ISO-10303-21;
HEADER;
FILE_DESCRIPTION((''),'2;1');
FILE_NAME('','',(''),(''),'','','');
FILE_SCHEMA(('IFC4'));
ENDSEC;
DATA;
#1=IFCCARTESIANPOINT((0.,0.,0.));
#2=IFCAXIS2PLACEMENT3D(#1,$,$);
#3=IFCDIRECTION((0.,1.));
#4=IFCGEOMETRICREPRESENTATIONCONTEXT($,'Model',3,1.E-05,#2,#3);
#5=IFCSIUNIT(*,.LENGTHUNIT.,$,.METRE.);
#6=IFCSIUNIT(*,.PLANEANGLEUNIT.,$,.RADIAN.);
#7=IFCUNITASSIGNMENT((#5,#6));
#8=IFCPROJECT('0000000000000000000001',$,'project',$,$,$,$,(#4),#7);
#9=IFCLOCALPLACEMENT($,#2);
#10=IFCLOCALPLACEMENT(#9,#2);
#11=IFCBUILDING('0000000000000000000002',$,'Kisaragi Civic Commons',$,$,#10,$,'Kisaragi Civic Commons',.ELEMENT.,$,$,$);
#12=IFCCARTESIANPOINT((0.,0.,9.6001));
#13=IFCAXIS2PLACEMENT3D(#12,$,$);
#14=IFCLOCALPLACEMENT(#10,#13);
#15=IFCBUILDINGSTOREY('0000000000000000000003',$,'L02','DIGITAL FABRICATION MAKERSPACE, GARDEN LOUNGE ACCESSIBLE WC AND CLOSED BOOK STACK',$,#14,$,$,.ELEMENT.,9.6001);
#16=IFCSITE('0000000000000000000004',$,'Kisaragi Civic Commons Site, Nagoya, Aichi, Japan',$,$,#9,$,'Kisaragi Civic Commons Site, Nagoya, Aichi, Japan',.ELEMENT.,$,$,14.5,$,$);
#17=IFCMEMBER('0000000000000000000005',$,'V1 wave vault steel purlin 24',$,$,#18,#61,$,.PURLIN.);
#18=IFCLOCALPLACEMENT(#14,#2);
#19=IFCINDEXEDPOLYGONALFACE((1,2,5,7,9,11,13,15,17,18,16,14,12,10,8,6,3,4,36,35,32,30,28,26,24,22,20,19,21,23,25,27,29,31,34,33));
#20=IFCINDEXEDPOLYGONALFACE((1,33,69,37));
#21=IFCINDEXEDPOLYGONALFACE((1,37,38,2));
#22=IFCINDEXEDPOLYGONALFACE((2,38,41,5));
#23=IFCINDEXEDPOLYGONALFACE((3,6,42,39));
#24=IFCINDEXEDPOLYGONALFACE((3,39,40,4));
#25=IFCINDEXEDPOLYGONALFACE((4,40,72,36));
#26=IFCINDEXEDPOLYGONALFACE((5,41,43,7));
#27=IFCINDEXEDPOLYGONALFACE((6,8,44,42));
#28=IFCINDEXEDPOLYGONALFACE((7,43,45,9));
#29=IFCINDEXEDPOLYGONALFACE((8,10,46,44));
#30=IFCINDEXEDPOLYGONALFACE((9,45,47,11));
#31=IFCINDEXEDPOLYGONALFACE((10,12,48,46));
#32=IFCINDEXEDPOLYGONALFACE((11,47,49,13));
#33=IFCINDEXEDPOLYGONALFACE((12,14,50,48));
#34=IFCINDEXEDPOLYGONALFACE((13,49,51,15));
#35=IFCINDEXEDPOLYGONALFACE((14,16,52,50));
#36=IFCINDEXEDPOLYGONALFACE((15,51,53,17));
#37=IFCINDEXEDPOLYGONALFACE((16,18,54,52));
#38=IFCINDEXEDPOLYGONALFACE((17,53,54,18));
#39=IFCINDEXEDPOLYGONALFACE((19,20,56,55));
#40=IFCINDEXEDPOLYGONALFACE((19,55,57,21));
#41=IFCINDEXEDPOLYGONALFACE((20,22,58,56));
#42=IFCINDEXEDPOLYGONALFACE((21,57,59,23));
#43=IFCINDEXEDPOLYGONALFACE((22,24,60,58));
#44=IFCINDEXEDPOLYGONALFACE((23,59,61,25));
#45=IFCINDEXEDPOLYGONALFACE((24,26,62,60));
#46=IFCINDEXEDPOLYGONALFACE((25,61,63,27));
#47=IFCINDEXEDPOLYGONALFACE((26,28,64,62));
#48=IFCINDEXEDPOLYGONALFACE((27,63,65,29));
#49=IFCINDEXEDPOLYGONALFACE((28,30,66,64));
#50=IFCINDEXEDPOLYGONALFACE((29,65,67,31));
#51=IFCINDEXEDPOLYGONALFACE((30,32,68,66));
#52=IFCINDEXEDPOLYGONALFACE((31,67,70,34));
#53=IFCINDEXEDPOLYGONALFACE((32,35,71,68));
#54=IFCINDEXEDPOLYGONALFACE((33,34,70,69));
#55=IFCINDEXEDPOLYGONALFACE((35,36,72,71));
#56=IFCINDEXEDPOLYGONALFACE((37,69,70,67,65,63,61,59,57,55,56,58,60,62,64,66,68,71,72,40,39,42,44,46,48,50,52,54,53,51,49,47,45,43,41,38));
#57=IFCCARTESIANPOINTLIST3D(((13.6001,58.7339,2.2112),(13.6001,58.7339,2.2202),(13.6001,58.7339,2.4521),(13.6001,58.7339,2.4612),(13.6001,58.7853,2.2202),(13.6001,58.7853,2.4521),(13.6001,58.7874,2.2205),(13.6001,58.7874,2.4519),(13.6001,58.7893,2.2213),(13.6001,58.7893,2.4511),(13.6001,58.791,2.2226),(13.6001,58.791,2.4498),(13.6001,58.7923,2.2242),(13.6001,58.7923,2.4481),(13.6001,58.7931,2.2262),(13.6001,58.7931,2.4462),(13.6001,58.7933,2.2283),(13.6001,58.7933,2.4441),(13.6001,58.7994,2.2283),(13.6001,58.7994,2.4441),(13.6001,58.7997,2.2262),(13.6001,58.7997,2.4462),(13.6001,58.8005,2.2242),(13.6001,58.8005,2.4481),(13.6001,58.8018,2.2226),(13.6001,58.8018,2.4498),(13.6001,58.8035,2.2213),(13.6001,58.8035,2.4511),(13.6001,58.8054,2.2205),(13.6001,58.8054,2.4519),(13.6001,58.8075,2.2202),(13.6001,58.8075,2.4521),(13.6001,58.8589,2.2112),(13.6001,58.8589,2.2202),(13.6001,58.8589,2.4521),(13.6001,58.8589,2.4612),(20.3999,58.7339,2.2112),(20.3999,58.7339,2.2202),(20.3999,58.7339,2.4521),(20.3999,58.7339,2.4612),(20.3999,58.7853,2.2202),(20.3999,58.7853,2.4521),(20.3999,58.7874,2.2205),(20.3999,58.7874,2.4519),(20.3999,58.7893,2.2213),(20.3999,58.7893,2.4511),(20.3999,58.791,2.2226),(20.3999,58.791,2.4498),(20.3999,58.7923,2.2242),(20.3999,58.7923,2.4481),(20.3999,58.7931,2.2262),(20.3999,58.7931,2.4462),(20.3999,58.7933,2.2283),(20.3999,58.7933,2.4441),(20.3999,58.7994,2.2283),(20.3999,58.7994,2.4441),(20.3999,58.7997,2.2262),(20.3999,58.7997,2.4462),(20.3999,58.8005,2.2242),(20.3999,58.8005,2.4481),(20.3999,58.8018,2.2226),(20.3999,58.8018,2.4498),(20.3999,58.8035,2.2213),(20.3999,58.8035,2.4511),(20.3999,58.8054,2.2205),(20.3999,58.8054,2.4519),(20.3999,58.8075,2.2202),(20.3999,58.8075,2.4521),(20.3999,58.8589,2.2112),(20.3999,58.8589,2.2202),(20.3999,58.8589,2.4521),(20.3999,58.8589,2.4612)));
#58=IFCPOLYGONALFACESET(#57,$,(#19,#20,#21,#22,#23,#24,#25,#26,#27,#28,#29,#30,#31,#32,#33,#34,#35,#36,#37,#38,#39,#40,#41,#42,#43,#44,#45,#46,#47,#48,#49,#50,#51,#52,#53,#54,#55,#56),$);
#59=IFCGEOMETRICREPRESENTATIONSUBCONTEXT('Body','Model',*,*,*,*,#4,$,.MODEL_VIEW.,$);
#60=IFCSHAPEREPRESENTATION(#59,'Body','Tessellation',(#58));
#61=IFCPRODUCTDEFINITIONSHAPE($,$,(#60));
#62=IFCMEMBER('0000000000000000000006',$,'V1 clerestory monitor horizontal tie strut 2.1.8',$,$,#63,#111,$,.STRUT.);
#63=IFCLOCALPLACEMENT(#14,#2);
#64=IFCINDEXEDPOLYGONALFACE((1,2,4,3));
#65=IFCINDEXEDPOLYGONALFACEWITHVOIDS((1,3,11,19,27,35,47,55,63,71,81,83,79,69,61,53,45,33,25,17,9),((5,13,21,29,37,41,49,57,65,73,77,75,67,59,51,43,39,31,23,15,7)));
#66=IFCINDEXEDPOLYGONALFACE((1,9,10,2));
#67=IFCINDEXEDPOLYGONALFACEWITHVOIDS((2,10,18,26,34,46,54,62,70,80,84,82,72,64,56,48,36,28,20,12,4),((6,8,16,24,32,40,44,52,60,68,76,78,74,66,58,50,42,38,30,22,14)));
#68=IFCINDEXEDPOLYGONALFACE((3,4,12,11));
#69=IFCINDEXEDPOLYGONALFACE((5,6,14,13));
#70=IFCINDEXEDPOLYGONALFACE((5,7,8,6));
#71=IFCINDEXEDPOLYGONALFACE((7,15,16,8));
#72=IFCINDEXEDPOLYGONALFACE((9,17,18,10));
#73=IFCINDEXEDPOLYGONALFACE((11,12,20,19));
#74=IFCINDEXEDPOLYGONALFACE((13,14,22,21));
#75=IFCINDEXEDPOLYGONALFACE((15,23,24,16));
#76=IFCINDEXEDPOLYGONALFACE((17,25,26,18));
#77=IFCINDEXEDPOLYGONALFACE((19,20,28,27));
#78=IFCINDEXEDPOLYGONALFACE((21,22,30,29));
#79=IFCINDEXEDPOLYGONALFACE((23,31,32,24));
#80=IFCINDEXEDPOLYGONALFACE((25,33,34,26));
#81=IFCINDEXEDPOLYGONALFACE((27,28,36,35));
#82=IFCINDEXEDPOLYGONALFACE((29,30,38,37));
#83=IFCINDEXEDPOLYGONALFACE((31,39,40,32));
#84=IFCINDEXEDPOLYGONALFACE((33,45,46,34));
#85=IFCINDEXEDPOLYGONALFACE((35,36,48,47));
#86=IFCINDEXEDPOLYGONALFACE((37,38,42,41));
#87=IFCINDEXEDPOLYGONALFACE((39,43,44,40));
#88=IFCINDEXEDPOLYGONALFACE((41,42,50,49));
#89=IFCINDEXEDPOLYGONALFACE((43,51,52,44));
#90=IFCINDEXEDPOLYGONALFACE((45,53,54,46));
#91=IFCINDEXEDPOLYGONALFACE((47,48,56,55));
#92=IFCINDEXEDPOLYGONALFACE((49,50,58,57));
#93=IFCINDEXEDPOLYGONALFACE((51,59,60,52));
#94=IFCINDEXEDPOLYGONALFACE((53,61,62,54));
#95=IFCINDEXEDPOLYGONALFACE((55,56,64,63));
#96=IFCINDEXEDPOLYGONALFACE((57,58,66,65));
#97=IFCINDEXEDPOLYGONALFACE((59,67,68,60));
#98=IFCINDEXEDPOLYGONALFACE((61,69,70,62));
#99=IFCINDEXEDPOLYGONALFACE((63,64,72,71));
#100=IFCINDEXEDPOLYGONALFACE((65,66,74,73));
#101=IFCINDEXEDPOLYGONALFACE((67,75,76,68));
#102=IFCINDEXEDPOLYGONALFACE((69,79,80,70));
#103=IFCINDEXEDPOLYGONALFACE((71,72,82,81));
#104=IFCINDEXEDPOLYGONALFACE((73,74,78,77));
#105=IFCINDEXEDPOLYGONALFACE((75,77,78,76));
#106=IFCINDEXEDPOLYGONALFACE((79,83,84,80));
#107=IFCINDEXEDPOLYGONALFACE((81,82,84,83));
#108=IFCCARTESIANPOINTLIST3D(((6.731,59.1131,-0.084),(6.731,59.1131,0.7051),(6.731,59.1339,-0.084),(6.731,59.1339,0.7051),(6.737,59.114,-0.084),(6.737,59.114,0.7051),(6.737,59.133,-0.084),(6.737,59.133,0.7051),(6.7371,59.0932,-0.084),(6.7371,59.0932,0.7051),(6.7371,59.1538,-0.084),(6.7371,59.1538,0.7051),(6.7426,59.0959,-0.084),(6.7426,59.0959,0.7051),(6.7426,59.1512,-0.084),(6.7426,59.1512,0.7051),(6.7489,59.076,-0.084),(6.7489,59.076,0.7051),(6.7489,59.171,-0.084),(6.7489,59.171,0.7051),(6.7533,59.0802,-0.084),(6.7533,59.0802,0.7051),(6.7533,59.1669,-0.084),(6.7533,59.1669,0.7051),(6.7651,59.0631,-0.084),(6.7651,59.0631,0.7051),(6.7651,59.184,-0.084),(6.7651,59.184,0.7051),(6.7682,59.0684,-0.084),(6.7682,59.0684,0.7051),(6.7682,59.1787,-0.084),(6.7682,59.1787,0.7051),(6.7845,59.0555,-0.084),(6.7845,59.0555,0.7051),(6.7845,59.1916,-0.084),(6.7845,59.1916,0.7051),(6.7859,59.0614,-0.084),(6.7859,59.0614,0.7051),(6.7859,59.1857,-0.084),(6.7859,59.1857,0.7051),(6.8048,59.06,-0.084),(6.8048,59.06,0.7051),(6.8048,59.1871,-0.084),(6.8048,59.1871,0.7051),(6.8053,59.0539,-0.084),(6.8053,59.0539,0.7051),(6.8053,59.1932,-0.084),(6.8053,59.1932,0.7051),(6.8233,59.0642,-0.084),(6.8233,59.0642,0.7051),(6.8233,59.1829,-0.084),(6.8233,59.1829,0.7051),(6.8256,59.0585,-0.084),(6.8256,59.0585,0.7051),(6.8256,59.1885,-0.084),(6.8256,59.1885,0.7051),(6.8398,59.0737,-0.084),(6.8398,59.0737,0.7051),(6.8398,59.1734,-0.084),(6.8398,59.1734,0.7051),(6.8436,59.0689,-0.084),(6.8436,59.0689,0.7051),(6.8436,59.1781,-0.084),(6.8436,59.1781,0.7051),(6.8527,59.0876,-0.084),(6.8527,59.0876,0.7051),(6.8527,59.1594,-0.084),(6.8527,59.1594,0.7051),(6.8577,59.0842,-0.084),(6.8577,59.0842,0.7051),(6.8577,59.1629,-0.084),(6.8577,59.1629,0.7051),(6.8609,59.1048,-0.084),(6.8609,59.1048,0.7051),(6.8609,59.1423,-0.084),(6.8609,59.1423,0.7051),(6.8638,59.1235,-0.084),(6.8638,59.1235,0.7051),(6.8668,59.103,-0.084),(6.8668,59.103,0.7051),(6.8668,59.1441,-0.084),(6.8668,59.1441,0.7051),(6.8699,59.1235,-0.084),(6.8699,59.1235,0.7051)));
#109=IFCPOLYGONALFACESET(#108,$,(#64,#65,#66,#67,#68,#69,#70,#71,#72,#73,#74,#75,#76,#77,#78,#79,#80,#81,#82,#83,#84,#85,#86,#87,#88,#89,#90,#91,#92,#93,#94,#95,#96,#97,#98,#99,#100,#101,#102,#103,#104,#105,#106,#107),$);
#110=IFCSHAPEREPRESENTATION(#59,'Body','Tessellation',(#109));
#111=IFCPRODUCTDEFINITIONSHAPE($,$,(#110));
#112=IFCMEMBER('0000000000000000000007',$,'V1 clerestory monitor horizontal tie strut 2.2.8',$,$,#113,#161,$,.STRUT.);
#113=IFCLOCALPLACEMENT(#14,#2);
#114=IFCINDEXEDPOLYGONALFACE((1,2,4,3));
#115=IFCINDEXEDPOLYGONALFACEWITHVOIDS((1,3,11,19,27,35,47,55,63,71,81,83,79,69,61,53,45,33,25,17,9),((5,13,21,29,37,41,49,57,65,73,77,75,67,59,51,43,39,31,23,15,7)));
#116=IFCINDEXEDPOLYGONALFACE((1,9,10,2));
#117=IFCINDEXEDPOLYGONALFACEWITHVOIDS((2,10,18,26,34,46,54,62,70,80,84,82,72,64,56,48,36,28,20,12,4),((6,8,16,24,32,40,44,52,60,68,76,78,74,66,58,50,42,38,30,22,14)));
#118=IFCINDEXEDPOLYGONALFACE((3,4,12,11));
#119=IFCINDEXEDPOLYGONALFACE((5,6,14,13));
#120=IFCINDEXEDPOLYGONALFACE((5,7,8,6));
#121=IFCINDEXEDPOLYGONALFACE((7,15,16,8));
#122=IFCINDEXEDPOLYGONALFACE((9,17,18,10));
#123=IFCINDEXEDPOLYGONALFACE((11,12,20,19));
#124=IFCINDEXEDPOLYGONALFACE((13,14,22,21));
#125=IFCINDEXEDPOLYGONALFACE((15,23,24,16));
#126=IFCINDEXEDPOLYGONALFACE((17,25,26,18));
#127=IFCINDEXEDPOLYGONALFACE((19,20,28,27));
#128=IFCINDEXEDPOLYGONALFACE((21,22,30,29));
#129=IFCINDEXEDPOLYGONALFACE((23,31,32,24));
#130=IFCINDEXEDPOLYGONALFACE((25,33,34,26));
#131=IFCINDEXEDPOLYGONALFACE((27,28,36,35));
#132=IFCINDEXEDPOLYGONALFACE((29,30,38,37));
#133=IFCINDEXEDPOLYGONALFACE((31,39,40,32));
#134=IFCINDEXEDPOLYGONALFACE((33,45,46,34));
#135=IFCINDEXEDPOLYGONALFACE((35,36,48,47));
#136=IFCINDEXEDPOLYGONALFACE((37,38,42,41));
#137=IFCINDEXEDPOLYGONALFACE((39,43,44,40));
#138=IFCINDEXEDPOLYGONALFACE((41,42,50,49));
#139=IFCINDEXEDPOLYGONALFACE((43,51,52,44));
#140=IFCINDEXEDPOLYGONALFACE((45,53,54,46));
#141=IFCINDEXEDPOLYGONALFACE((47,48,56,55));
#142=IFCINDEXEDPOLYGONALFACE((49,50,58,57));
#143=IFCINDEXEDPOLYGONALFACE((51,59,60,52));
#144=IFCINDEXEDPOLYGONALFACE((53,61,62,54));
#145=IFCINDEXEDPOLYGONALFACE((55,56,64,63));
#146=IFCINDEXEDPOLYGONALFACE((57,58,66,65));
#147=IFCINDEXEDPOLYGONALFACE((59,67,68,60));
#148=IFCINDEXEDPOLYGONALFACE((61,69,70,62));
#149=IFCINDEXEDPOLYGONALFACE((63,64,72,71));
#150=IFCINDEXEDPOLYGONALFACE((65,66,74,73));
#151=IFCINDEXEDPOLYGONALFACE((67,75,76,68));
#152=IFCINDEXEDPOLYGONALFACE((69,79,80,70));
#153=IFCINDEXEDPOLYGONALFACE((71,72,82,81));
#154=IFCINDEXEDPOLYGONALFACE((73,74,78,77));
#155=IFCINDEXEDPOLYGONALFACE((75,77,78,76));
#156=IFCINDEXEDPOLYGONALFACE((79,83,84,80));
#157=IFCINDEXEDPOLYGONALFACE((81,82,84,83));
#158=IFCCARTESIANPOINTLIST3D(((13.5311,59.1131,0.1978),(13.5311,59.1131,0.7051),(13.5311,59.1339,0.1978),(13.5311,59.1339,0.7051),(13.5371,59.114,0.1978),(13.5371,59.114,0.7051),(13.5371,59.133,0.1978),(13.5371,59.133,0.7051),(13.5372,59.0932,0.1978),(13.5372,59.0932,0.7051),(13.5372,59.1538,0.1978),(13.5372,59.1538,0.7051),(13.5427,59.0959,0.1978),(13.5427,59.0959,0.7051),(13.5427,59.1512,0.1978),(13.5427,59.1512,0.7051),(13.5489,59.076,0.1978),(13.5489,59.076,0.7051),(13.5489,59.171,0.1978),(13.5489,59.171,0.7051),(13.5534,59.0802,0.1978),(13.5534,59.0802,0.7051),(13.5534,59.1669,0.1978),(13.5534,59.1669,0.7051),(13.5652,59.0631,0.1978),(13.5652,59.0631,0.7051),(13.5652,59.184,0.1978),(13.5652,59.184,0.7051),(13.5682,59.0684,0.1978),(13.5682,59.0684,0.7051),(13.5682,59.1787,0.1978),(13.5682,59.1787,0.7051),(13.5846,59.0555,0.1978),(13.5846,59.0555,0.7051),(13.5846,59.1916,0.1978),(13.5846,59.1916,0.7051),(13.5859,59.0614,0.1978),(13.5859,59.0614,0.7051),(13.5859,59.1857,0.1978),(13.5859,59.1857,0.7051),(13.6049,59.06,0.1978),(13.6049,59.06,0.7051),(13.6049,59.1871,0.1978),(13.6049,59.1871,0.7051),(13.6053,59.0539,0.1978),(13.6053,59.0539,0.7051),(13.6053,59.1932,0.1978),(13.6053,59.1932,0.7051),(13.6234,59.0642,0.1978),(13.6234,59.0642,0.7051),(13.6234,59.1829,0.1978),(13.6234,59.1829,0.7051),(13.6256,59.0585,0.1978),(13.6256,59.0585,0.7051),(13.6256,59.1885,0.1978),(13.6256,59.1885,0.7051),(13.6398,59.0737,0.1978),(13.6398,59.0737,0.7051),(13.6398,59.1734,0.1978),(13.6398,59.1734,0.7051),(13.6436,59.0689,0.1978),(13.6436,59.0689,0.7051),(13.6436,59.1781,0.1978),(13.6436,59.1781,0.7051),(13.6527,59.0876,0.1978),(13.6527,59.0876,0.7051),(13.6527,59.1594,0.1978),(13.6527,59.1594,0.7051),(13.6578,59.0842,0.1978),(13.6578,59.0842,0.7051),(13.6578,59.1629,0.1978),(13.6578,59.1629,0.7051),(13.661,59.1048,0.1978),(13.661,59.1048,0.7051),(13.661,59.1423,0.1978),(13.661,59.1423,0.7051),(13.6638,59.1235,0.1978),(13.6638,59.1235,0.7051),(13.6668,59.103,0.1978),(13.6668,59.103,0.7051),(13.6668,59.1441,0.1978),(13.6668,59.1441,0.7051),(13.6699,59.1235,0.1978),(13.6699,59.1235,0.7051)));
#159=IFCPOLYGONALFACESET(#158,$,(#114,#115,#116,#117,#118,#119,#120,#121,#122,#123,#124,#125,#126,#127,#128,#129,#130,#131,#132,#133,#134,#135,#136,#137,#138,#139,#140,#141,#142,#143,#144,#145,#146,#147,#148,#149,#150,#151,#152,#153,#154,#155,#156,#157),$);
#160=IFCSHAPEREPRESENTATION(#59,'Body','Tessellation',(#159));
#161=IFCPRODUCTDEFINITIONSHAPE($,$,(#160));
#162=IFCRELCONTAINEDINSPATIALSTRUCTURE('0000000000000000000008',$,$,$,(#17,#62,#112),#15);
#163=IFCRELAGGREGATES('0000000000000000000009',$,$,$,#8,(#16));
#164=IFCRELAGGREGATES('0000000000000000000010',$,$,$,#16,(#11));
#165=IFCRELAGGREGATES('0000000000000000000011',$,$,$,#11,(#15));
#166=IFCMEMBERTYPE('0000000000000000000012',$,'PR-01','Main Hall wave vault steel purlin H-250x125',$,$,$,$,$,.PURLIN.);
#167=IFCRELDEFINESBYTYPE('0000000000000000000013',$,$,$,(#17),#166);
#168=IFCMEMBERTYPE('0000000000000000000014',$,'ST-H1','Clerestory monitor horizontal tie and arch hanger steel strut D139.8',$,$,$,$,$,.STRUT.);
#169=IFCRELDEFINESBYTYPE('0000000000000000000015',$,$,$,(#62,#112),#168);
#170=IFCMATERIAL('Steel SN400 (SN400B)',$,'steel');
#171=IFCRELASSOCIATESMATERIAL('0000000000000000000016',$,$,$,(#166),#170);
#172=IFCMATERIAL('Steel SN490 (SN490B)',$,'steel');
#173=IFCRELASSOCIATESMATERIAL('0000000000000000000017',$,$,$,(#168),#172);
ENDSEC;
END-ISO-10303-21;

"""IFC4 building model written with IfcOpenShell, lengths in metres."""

from ifc_helpers import new_model, si_unit, direction, frame, origin, origin_2d, place, context, subcontext, project, spatial, hollow_circle, i_section, extrude, material, material_profile, profile_set, type_object, element, save


model = new_model("IFC4")

# Units and contexts
model_context = context("Model", 3, precision=1e-05, world=origin(), true_north=direction((0.0, 1.0)))
body_context = subcontext(model_context, "Body", "Model", "MODEL_VIEW")
ifc_project = project(units=[si_unit("LENGTHUNIT", "METRE"), si_unit("PLANEANGLEUNIT", "RADIAN")], contexts=[model_context])

# Site, building, storey
site_placement = place(None, origin())
site = spatial("IfcSite", under=ifc_project, at=site_placement, Name="Kisaragi Civic Commons Site, Nagoya, Aichi, Japan", LongName="Kisaragi Civic Commons Site, Nagoya, Aichi, Japan", CompositionType="ELEMENT", RefElevation=14.5)
building_placement = place(site_placement, origin())
building = spatial("IfcBuilding", under=site, at=building_placement, Name="Kisaragi Civic Commons", LongName="Kisaragi Civic Commons", CompositionType="ELEMENT")
storey_placement = place(building_placement, frame((0.0, 0.0, 9.6001)))
storey = spatial("IfcBuildingStorey", under=building, at=storey_placement, Name="L02", Description="DIGITAL FABRICATION MAKERSPACE, GARDEN LOUNGE ACCESSIBLE WC AND CLOSED BOOK STACK", CompositionType="ELEMENT", Elevation=9.6001)

# Members
ifc_material_1 = material(Name="Steel SN400 (SN400B)", Category="steel")
ifc_material_profile_1 = material_profile(ifc_material_1, i_section(OverallWidth=0.125, OverallDepth=0.25, WebThickness=0.0061, FlangeThickness=0.009, FilletRadius=0.0081, at=origin_2d()), Name="H-250x125x6x9", Category="steel")
ifc_profile_set_1 = profile_set([ifc_material_profile_1], Name="Steel SN400 (SN400B)")
member_type_1 = type_object("IfcMemberType", Name="PR-01", Description="Main Hall wave vault steel purlin H-250x125", PredefinedType="PURLIN", material=ifc_profile_set_1)
member_1_placement = place(storey_placement, frame((13.6001, 58.7964, 2.3362), z_axis=(1.0, 0.0, 0.0), x_axis=(0.0, 1.0, 0.0)))
element("IfcMember", 1, at=member_1_placement, inside=storey, type_object=member_type_1, Name="V1 wave vault steel purlin 24", PredefinedType="PURLIN", context=body_context, shape_type="SweptSolid", body=[
    extrude(i_section(OverallWidth=0.125, OverallDepth=0.25, WebThickness=0.0061, FlangeThickness=0.009, FilletRadius=0.0081, at=origin_2d()), origin(), (0.0, 0.0, 1.0), 6.7998),
])
ifc_material_2 = material(Name="Steel SN490 (SN490B)", Category="steel")
ifc_material_profile_2 = material_profile(ifc_material_2, hollow_circle(Radius=0.0698, WallThickness=0.0061, at=origin_2d()), Name="CHS-139.8x6.0", Category="steel")
ifc_profile_set_2 = profile_set([ifc_material_profile_2], Name="Steel SN490 (SN490B)")
member_type_2 = type_object("IfcMemberType", Name="ST-H1", Description="Clerestory monitor horizontal tie and arch hanger steel strut D139.8", PredefinedType="STRUT", material=ifc_profile_set_2)
member_2_placement = place(storey_placement, frame((6.8, 59.1235, -0.084), z_axis=(0.0, 0.0, 1.0), x_axis=(1.0, 0.0, 0.0)))
element("IfcMember", 2, at=member_2_placement, inside=storey, type_object=member_type_2, Name="V1 clerestory monitor horizontal tie strut 2.1.8", PredefinedType="STRUT", context=body_context, shape_type="SweptSolid", body=[
    extrude(hollow_circle(Radius=0.0698, WallThickness=0.0061, at=origin_2d()), origin(), (0.0, 0.0, 1.0), 0.7891),
])
member_3_placement = place(storey_placement, frame((13.6001, 59.1235, 0.1978), z_axis=(0.0, 0.0, 1.0), x_axis=(1.0, 0.0, 0.0)))
element("IfcMember", 3, at=member_3_placement, inside=storey, type_object=member_type_2, Name="V1 clerestory monitor horizontal tie strut 2.2.8", PredefinedType="STRUT", context=body_context, shape_type="SweptSolid", body=[
    extrude(hollow_circle(Radius=0.0698, WallThickness=0.0061, at=origin_2d()), origin(), (0.0, 0.0, 1.0), 0.5073),
])

save(model, "model.ifc")
